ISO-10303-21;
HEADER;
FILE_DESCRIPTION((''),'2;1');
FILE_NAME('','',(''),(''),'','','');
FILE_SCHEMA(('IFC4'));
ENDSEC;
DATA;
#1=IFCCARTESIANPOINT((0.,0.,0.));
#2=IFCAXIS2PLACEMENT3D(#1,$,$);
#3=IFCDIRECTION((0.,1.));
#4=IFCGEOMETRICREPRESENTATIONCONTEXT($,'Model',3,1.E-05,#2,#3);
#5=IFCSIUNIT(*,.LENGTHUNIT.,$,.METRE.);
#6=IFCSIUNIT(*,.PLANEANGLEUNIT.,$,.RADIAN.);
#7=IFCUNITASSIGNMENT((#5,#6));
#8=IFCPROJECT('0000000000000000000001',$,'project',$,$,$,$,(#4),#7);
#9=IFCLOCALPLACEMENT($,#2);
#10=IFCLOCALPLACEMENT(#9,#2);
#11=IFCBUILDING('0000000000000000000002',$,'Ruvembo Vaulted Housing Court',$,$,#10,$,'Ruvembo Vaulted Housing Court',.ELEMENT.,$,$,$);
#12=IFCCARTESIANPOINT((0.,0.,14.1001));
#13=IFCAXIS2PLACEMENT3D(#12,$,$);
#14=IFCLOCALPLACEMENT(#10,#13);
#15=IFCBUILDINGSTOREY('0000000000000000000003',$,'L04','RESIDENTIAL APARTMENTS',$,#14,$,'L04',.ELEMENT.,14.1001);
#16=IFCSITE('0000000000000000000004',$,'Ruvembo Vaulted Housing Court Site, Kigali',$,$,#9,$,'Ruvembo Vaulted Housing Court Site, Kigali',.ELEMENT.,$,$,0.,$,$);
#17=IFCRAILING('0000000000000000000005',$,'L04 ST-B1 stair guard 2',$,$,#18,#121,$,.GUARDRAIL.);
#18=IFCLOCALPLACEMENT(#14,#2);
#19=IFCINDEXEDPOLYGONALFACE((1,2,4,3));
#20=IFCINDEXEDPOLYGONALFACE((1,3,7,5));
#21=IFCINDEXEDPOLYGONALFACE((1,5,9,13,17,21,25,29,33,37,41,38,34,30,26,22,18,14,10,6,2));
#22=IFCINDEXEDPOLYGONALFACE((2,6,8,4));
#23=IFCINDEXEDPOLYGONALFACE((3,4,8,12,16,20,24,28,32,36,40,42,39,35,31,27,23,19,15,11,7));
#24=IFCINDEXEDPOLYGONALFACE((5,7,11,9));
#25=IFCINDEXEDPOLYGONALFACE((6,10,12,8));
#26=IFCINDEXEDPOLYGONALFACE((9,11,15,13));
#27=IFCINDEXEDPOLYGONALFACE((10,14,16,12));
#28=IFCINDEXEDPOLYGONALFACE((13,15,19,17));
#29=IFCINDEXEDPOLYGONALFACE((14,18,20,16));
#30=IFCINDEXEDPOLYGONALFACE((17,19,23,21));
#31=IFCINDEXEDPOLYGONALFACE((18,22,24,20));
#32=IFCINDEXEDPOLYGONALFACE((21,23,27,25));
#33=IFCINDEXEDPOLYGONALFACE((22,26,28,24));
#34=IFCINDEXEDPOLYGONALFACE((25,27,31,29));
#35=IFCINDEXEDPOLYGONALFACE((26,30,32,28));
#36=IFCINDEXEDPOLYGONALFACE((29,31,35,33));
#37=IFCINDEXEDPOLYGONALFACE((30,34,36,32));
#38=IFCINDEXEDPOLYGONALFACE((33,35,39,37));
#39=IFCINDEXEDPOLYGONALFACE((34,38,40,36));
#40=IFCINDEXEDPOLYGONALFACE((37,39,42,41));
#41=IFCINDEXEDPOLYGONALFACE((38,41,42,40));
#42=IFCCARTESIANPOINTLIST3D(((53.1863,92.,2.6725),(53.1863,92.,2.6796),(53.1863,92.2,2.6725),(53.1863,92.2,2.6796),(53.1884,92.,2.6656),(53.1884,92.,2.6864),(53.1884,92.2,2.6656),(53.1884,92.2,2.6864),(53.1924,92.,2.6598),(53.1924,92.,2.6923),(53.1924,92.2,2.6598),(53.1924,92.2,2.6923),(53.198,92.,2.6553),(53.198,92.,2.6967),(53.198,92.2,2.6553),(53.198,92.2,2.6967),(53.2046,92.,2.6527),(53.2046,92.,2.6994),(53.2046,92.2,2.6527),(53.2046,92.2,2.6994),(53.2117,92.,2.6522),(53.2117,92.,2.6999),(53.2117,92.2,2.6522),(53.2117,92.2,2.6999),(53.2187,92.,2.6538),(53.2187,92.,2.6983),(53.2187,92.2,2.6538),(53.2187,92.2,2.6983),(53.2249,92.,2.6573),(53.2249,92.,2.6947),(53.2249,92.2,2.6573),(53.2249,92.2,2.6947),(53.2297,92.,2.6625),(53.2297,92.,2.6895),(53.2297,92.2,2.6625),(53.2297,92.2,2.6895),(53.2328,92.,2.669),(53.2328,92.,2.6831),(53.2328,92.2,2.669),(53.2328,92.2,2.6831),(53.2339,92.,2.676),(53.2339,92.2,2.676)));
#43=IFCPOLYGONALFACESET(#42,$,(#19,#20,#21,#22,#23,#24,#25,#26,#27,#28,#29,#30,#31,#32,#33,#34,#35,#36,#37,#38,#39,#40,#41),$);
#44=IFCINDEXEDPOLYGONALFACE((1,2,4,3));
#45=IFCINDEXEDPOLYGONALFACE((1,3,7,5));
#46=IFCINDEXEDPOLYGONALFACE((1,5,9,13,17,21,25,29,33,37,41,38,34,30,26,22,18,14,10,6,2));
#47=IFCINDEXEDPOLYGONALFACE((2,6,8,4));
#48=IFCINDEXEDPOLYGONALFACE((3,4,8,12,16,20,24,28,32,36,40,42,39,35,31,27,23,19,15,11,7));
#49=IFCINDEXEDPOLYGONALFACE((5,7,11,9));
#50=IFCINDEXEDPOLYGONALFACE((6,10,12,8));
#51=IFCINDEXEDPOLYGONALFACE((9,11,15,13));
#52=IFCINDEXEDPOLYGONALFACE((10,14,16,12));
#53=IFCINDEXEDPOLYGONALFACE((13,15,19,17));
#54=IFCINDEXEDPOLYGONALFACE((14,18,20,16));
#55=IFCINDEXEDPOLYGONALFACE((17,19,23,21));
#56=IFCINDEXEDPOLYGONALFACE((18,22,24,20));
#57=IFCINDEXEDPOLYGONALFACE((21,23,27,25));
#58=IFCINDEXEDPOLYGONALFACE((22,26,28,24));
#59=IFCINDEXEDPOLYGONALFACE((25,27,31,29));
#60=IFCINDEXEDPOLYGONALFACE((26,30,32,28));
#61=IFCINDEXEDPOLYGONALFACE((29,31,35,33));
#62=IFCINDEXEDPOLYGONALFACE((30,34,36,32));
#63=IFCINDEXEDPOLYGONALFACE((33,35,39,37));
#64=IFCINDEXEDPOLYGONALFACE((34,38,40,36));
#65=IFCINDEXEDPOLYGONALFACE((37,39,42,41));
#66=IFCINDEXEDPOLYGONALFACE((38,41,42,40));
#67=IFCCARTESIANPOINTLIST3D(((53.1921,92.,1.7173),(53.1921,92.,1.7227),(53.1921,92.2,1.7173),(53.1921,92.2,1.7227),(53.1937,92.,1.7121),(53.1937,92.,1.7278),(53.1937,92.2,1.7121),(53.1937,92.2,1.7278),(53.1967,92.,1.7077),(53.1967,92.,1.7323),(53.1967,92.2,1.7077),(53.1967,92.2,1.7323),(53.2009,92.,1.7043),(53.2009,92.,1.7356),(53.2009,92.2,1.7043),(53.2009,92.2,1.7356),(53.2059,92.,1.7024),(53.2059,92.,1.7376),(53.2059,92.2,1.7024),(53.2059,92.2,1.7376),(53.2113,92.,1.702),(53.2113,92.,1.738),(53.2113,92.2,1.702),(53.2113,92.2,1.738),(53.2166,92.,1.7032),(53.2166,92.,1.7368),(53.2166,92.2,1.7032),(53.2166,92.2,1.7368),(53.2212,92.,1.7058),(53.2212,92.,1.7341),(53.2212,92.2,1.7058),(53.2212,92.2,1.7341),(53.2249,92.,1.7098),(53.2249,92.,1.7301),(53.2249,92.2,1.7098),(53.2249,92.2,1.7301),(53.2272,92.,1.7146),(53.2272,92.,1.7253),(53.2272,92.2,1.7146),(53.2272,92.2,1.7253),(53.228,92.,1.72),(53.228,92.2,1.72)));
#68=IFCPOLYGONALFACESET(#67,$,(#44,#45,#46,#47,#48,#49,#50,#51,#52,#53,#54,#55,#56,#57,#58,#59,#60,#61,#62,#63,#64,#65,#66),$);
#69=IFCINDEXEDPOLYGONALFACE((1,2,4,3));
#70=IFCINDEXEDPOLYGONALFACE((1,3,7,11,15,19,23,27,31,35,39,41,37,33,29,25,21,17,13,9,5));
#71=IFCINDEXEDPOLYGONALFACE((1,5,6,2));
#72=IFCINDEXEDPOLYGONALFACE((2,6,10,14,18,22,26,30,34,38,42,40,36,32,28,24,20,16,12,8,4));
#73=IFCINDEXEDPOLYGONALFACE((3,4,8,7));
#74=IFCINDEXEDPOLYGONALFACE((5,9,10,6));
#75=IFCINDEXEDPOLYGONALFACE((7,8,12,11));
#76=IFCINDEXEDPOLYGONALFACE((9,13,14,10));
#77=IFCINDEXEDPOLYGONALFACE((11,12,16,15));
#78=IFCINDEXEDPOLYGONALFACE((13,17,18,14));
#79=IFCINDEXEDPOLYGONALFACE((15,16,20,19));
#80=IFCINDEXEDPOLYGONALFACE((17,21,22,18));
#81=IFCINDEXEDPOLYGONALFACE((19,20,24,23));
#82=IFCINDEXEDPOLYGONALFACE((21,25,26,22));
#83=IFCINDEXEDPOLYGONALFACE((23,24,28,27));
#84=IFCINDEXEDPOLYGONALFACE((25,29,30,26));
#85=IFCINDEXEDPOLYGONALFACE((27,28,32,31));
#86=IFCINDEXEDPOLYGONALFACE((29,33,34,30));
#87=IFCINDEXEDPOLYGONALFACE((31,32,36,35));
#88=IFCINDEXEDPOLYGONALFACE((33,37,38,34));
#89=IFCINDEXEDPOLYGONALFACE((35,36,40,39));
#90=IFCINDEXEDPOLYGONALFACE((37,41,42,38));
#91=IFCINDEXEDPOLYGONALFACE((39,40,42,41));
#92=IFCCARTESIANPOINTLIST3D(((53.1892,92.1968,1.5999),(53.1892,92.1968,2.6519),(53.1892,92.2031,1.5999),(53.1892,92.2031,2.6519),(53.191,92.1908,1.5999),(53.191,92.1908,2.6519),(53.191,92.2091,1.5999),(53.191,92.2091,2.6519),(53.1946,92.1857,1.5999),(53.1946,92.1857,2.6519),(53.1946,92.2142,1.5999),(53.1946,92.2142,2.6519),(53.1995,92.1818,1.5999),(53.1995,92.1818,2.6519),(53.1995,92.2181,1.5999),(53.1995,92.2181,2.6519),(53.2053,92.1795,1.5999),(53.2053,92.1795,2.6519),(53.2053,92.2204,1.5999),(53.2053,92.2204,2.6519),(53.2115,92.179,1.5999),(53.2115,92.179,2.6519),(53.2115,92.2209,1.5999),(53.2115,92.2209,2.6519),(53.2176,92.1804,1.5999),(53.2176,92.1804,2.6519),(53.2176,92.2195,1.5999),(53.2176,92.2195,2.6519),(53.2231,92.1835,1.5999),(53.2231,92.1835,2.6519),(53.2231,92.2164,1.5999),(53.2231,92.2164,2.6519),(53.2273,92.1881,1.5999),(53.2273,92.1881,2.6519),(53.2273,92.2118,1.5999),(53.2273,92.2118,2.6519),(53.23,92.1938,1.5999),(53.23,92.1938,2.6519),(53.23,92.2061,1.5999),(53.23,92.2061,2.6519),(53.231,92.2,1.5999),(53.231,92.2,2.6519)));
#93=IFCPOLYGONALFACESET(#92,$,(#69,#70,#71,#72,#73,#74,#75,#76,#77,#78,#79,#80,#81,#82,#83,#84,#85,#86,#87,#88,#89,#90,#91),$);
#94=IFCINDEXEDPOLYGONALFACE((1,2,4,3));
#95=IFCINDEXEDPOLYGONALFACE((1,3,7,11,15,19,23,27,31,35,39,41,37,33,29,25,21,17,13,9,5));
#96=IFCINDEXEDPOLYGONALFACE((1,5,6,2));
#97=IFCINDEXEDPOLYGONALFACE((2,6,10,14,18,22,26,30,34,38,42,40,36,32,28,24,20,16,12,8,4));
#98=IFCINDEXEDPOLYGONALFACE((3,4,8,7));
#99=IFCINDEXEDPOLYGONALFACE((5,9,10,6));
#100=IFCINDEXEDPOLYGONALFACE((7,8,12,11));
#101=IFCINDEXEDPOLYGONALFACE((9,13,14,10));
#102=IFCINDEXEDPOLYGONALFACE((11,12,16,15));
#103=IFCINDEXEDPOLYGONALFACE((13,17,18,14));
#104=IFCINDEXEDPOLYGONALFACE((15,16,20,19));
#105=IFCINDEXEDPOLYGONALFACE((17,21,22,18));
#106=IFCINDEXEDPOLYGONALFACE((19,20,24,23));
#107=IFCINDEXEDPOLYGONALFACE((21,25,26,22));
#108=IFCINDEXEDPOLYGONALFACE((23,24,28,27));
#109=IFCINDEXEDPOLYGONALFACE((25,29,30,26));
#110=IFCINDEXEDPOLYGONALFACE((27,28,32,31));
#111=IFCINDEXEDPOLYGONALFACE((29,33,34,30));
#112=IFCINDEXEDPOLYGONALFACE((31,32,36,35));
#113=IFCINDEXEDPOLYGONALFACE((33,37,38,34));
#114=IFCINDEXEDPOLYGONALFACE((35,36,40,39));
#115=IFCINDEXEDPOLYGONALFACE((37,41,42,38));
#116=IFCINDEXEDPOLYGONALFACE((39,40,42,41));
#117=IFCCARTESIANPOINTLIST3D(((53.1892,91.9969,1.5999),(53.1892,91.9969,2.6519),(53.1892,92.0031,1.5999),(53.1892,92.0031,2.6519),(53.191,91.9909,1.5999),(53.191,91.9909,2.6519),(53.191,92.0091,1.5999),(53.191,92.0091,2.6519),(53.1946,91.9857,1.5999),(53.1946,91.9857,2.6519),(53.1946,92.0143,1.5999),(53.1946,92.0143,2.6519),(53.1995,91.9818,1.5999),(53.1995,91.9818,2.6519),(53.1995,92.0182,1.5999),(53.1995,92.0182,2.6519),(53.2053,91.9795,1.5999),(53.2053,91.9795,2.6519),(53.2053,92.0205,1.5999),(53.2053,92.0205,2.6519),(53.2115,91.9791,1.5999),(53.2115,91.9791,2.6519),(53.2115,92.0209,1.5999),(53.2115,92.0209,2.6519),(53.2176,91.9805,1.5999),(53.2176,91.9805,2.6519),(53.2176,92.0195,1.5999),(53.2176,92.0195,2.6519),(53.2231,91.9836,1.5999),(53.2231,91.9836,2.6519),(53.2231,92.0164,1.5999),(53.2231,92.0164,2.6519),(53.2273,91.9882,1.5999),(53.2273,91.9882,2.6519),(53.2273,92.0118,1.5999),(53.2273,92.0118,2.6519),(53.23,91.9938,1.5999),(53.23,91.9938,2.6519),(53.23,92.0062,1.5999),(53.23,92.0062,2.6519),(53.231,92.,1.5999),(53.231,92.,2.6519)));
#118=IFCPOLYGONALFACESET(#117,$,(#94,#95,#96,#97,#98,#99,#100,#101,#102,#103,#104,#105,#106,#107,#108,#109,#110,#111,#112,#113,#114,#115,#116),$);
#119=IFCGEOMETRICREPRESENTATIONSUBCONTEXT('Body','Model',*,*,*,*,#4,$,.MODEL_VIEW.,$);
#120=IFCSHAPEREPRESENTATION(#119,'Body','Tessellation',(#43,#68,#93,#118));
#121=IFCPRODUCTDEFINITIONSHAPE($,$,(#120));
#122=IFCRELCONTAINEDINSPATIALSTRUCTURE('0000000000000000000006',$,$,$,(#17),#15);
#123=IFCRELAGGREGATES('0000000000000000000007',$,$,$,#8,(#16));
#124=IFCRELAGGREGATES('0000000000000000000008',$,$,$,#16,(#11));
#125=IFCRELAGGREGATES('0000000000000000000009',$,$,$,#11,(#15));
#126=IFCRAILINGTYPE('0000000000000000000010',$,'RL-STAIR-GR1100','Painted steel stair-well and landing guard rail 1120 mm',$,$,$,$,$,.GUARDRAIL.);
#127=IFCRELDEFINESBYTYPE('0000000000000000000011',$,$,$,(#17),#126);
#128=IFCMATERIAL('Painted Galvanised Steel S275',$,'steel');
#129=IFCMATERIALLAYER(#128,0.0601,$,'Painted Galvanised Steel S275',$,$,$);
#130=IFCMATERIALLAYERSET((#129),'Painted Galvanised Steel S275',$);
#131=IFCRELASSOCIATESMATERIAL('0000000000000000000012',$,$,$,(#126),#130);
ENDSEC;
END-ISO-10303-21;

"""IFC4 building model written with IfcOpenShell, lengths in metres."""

from ifc_helpers import new_model, si_unit, direction, frame, origin, origin_2d, place, context, subcontext, project, spatial, circle, extrude, material, layer, layer_set, type_object, element, save


model = new_model("IFC4")

# Units and contexts
model_context = context("Model", 3, precision=1e-05, world=origin(), true_north=direction((0.0, 1.0)))
body_context = subcontext(model_context, "Body", "Model", "MODEL_VIEW")
ifc_project = project(units=[si_unit("LENGTHUNIT", "METRE"), si_unit("PLANEANGLEUNIT", "RADIAN")], contexts=[model_context])

# Site, building, storey
site_placement = place(None, origin())
site = spatial("IfcSite", under=ifc_project, at=site_placement, Name="Ruvembo Vaulted Housing Court Site, Kigali", LongName="Ruvembo Vaulted Housing Court Site, Kigali", CompositionType="ELEMENT", RefElevation=0.0)
building_placement = place(site_placement, origin())
building = spatial("IfcBuilding", under=site, at=building_placement, Name="Ruvembo Vaulted Housing Court", LongName="Ruvembo Vaulted Housing Court", CompositionType="ELEMENT")
storey_placement = place(building_placement, frame((0.0, 0.0, 14.1001)))
storey = spatial("IfcBuildingStorey", under=building, at=storey_placement, Name="L04", Description="RESIDENTIAL APARTMENTS", LongName="L04", CompositionType="ELEMENT", Elevation=14.1001)

# Railing
ifc_material_1 = material(Name="Painted Galvanised Steel S275", Category="steel")
ifc_layer_1 = layer(ifc_material_1, 0.0601, Name="Painted Galvanised Steel S275")
ifc_layer_set_1 = layer_set([ifc_layer_1], Name="Painted Galvanised Steel S275")
railing_type_1 = type_object("IfcRailingType", Name="RL-STAIR-GR1100", Description="Painted steel stair-well and landing guard rail 1120 mm", PredefinedType="GUARDRAIL", material=ifc_layer_set_1)
railing_1_placement = place(storey_placement, frame((53.21, 92.2, 1.5999)))
element("IfcRailing", 1, at=railing_1_placement, inside=storey, type_object=railing_type_1, Name="L04 ST-B1 stair guard 2", PredefinedType="GUARDRAIL", context=body_context, shape_type="SweptSolid", body=[
    extrude(circle(Radius=0.0239, at=origin_2d()), frame((0.0, 0.0, 1.0762), z_axis=(0.0, -1.0, 0.0), x_axis=(1.0, 0.0, 0.0)), (0.0, 0.0, 1.0), 0.2),
    extrude(circle(Radius=0.0181, at=origin_2d()), frame((0.0, 0.0, 0.1201), z_axis=(0.0, -1.0, 0.0), x_axis=(1.0, 0.0, 0.0)), (0.0, 0.0, 1.0), 0.2),
    extrude(circle(Radius=0.021, at=origin_2d()), origin(), (0.0, 0.0, 1.0), 1.052),
    extrude(circle(Radius=0.021, at=origin_2d()), frame((0.0, -0.2, 0.0)), (0.0, 0.0, 1.0), 1.052),
])

save(model, "model.ifc")
